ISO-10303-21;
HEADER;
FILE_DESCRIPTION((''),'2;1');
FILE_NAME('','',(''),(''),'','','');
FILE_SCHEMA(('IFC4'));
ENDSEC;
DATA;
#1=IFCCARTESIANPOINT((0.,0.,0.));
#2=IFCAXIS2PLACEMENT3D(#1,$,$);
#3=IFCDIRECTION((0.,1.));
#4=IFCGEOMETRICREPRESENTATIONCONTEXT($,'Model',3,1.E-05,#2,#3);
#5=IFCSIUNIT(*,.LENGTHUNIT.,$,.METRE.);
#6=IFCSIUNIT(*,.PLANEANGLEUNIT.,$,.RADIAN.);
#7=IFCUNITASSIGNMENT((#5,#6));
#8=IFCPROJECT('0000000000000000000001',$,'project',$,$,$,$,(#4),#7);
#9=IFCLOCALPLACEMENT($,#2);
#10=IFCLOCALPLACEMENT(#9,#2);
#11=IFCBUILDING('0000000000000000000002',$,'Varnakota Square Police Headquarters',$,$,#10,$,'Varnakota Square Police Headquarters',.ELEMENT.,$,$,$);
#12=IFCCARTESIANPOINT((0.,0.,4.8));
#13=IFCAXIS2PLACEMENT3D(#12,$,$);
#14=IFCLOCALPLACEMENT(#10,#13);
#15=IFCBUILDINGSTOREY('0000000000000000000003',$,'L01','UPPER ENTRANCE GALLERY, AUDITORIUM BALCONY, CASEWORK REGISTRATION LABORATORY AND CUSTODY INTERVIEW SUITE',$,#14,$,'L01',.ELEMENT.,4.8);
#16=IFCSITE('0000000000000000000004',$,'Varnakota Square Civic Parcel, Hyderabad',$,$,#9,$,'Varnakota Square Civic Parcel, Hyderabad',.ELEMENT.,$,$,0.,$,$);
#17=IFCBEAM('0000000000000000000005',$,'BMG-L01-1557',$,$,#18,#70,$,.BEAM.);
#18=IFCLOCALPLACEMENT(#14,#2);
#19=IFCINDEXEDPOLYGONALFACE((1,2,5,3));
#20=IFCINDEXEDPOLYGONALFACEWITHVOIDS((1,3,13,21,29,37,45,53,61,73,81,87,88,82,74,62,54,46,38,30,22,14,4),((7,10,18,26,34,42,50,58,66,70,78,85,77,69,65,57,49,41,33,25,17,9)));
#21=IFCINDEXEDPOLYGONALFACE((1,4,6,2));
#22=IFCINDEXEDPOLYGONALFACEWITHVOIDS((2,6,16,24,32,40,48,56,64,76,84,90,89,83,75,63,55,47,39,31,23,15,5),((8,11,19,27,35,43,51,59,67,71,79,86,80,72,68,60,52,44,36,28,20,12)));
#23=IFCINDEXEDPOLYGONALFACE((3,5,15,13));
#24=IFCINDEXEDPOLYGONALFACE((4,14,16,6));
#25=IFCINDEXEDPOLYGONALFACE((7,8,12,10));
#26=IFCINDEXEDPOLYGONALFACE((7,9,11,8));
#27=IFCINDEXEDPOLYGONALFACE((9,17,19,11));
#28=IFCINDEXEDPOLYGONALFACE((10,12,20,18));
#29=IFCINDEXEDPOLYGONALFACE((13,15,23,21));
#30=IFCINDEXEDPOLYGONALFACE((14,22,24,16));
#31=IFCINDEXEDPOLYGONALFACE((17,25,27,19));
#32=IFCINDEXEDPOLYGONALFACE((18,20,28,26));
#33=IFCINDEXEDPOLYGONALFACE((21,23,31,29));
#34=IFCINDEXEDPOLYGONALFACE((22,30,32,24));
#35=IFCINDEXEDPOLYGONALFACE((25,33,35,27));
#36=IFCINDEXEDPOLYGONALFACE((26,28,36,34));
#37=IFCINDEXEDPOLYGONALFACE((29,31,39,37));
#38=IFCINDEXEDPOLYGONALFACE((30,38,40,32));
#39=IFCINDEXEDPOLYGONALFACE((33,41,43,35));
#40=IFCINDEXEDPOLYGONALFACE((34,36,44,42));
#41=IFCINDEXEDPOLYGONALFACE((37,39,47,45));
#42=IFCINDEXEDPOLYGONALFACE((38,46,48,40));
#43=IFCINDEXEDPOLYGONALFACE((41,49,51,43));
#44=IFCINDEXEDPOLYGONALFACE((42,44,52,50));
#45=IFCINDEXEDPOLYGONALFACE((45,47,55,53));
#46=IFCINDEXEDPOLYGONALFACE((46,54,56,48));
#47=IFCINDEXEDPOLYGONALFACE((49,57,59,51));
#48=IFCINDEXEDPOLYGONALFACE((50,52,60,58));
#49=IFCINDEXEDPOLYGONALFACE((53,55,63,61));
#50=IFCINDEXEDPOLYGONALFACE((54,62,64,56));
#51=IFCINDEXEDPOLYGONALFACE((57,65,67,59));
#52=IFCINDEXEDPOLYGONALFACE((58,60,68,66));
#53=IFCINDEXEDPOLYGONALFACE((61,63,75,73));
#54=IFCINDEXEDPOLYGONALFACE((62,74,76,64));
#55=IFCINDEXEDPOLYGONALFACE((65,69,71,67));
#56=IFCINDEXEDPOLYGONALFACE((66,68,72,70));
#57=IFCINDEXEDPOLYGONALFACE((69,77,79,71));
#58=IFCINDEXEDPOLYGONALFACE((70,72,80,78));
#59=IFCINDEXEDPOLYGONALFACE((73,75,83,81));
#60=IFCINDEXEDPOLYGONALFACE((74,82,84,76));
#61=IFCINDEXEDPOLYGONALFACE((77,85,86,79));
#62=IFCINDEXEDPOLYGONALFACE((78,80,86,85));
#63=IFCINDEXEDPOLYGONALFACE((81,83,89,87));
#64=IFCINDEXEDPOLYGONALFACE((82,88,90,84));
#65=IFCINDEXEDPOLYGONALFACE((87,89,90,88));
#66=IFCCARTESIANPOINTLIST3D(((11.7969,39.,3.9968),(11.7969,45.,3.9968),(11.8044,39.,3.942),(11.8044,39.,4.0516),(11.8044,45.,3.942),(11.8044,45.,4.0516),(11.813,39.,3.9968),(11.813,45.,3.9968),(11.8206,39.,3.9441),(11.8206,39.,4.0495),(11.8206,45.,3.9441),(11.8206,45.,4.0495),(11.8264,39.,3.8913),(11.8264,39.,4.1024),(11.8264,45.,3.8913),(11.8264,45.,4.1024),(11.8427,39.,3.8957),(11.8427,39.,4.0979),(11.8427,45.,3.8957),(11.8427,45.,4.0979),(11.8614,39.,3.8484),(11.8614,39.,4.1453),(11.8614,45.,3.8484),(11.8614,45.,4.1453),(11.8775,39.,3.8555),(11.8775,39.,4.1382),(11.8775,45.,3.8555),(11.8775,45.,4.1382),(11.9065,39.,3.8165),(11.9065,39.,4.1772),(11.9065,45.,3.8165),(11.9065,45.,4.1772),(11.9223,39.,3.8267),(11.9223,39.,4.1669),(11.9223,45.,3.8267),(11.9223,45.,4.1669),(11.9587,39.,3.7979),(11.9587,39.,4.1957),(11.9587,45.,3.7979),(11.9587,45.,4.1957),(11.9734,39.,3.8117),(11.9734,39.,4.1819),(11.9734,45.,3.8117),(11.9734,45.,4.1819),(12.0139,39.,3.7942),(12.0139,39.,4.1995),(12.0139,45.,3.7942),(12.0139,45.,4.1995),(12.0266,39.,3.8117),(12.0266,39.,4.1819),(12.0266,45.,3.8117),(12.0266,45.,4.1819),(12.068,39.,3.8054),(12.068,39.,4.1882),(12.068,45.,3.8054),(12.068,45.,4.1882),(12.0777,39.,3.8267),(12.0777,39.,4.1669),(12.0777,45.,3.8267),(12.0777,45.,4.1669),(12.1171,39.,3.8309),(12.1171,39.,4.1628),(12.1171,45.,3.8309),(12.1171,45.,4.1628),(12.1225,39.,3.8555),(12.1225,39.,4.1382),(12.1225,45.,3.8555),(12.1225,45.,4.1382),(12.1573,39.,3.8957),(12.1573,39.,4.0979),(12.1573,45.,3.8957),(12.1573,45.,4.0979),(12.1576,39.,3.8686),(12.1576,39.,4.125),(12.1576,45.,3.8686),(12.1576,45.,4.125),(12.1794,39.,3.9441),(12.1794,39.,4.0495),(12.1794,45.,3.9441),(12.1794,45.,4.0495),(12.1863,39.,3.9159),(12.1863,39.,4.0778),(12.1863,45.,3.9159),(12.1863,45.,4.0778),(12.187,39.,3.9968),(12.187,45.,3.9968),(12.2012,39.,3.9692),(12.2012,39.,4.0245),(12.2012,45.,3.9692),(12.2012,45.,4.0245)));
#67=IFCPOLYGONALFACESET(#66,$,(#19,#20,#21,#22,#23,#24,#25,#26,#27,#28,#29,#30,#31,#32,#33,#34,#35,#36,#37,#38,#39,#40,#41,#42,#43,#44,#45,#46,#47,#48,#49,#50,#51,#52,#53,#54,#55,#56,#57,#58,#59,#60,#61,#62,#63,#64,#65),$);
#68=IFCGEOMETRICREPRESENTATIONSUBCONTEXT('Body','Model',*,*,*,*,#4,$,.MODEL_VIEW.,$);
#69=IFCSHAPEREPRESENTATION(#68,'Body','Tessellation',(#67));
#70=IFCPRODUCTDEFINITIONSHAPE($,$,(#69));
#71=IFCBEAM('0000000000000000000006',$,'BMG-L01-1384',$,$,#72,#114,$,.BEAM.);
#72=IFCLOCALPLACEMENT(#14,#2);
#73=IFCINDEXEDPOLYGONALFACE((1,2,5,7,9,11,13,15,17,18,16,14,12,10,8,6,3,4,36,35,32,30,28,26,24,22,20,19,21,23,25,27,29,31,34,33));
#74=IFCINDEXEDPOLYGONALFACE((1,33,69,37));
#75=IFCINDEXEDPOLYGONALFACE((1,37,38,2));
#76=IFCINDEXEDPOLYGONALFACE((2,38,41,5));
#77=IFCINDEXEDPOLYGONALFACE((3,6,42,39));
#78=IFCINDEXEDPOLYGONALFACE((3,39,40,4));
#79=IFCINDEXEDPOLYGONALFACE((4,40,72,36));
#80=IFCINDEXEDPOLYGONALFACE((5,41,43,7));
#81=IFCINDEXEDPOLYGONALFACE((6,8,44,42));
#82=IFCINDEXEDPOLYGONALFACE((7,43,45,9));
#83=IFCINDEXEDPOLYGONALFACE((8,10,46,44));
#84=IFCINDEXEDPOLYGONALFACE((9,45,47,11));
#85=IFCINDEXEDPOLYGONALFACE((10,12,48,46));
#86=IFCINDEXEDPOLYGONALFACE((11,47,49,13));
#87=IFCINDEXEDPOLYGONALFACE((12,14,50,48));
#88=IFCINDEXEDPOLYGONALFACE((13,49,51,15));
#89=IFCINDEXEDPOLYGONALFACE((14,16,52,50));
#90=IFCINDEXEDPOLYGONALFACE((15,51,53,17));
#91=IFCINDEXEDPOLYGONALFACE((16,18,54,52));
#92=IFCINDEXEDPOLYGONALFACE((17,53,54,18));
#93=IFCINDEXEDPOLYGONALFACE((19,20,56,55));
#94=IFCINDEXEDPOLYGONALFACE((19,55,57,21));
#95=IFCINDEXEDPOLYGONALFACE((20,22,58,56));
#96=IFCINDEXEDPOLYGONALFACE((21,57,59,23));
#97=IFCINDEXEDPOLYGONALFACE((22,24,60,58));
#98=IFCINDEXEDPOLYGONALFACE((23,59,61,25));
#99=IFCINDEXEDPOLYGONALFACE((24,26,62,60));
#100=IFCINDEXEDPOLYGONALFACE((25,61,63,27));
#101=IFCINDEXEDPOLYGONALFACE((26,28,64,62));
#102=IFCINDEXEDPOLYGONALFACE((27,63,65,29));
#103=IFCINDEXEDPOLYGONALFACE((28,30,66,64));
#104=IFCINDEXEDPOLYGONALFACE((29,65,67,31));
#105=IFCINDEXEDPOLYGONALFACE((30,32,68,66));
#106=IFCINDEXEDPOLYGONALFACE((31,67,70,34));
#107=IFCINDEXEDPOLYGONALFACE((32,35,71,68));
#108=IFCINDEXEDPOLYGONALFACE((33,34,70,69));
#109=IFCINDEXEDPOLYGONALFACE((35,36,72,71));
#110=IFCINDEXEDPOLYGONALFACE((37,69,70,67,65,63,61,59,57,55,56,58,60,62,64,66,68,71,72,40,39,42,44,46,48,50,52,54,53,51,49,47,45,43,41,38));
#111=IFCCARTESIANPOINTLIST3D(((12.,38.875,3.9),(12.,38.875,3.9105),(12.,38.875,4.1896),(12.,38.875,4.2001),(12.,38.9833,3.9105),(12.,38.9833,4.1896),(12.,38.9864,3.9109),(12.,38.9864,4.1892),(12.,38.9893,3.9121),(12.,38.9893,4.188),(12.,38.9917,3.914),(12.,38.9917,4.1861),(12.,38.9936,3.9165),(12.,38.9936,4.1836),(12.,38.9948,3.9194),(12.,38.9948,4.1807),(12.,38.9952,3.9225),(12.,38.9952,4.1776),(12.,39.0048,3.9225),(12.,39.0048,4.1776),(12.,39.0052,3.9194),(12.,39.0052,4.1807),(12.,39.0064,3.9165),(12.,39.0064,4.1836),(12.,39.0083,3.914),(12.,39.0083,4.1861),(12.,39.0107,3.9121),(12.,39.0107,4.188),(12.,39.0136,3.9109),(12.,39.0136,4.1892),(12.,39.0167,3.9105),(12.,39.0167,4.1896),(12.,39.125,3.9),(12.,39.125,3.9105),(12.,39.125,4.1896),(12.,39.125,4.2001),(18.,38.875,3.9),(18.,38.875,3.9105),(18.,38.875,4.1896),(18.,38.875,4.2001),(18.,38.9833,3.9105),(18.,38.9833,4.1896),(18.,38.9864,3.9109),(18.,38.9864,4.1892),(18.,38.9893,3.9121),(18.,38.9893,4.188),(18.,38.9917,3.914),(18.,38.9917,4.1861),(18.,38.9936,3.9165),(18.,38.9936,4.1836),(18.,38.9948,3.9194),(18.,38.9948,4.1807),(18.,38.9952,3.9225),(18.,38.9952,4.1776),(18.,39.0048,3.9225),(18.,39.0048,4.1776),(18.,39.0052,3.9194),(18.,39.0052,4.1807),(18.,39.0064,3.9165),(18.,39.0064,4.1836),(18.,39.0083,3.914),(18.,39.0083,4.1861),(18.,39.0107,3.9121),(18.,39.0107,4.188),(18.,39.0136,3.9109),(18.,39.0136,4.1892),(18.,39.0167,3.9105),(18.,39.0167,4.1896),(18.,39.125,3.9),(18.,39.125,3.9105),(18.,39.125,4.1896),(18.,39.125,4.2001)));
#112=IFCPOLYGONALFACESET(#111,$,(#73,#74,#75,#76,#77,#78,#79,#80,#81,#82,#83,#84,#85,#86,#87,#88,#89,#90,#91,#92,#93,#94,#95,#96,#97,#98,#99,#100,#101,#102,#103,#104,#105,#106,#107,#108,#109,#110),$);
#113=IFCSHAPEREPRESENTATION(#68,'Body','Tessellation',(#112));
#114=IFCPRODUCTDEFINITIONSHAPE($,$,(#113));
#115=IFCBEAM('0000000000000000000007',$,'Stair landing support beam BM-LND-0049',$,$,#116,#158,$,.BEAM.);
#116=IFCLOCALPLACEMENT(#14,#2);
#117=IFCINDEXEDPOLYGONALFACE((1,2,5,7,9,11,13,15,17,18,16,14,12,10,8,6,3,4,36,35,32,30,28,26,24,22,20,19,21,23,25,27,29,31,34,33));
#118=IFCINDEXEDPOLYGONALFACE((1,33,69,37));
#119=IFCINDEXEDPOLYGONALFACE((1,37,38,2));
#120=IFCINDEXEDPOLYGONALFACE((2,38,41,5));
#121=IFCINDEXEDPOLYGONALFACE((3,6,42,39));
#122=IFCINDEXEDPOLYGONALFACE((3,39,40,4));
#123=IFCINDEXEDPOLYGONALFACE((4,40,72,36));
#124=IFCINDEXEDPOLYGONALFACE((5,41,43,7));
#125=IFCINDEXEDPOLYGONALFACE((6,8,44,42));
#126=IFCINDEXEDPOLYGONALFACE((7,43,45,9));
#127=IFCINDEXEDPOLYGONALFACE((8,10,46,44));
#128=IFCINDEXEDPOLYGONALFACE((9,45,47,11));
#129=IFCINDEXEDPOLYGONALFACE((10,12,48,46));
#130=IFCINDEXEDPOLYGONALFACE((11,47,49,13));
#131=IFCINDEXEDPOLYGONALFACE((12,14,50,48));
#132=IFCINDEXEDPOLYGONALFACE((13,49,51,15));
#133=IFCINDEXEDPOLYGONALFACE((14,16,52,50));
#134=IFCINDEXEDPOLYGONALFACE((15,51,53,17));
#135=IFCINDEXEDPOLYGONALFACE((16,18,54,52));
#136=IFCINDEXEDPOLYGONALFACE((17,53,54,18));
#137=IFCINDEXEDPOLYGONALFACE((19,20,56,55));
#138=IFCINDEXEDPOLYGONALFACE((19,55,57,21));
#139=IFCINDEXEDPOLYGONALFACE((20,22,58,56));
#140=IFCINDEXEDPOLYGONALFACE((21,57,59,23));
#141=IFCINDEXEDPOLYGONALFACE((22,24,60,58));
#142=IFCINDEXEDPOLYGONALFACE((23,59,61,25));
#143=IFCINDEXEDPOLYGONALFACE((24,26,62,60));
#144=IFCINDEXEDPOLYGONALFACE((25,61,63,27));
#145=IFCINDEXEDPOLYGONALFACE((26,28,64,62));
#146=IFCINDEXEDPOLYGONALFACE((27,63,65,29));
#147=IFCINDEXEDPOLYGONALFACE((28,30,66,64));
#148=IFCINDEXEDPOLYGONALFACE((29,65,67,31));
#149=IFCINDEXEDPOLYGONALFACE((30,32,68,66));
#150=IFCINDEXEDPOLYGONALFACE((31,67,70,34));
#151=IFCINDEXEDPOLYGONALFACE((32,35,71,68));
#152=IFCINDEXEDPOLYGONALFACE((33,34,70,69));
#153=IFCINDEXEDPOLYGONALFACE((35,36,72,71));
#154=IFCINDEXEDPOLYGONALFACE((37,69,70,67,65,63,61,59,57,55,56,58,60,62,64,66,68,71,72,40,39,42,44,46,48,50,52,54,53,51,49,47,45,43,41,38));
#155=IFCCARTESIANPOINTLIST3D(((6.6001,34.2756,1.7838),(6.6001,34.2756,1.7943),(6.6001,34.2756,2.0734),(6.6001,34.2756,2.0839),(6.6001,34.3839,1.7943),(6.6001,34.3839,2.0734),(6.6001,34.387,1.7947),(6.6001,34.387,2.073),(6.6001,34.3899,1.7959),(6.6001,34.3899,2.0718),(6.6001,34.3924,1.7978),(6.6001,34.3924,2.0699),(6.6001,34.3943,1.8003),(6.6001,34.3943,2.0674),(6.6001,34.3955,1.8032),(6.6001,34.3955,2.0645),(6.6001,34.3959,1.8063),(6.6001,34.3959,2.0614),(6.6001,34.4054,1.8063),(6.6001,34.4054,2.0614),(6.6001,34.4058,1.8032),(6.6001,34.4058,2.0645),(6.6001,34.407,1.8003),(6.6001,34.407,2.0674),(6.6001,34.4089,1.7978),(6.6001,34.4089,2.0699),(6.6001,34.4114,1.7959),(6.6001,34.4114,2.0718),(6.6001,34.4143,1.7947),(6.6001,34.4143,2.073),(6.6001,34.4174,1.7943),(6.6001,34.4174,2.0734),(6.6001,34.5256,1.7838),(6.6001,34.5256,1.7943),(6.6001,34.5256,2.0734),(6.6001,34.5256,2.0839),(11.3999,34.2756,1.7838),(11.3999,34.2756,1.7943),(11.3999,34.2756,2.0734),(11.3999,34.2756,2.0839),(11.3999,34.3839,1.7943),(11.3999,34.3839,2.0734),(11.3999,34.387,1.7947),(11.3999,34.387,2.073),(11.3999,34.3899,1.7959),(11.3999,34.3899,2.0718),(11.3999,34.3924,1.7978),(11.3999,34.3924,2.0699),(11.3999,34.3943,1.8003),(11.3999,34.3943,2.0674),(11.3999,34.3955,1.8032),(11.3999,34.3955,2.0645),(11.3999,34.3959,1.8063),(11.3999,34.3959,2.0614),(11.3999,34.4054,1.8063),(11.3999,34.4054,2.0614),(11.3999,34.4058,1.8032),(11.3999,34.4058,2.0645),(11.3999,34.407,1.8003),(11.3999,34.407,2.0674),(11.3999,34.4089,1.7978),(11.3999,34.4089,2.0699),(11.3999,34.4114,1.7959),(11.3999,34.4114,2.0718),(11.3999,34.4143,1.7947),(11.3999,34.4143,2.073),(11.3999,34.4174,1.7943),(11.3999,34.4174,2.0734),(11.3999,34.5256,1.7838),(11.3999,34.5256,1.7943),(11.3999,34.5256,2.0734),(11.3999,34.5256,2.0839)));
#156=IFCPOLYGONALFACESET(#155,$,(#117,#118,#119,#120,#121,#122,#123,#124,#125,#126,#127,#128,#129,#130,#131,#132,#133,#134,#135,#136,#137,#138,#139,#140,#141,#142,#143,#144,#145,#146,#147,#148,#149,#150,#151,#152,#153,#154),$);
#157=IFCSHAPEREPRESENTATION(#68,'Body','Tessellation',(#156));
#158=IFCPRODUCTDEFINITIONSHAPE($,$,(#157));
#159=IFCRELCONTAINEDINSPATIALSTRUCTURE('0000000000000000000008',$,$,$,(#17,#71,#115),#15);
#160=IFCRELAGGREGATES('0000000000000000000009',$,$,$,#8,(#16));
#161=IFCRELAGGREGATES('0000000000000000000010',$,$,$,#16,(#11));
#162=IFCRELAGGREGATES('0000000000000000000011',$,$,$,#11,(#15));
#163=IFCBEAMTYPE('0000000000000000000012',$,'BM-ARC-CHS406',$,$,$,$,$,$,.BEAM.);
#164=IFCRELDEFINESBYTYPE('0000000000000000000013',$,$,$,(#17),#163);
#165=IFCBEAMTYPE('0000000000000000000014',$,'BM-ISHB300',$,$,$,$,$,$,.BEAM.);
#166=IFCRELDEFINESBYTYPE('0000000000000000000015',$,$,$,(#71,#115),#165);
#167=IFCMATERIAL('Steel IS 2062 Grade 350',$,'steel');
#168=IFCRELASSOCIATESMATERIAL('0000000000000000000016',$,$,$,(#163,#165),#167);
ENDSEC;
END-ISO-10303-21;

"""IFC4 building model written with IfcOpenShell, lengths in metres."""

from ifc_helpers import new_model, si_unit, direction, frame, origin, origin_2d, place, context, subcontext, project, spatial, hollow_circle, i_section, extrude, material, material_profile, profile_set, type_object, element, save


model = new_model("IFC4")

# Units and contexts
model_context = context("Model", 3, precision=1e-05, world=origin(), true_north=direction((0.0, 1.0)))
body_context = subcontext(model_context, "Body", "Model", "MODEL_VIEW")
ifc_project = project(units=[si_unit("LENGTHUNIT", "METRE"), si_unit("PLANEANGLEUNIT", "RADIAN")], contexts=[model_context])

# Site, building, storey
site_placement = place(None, origin())
site = spatial("IfcSite", under=ifc_project, at=site_placement, Name="Varnakota Square Civic Parcel, Hyderabad", LongName="Varnakota Square Civic Parcel, Hyderabad", CompositionType="ELEMENT", RefElevation=0.0)
building_placement = place(site_placement, origin())
building = spatial("IfcBuilding", under=site, at=building_placement, Name="Varnakota Square Police Headquarters", LongName="Varnakota Square Police Headquarters", CompositionType="ELEMENT")
storey_placement = place(building_placement, frame((0.0, 0.0, 4.8)))
storey = spatial("IfcBuildingStorey", under=building, at=storey_placement, Name="L01", Description="UPPER ENTRANCE GALLERY, AUDITORIUM BALCONY, CASEWORK REGISTRATION LABORATORY AND CUSTODY INTERVIEW SUITE", LongName="L01", CompositionType="ELEMENT", Elevation=4.8)

# Shared definitions
ifc_material_1 = material(Name="Steel IS 2062 Grade 350", Category="steel")

# Beams
ifc_material_profile_1 = material_profile(ifc_material_1, hollow_circle(Radius=0.2031, WallThickness=0.0161, at=origin_2d()), Name="CHS 406.4x16.0")
ifc_profile_set_1 = profile_set([ifc_material_profile_1], Name="Steel IS 2062 Grade 350")
beam_type_1 = type_object("IfcBeamType", Name="BM-ARC-CHS406", PredefinedType="BEAM", material=ifc_profile_set_1)
for number, where, z_axis, x_axis, name in (
    (1, (12.0, 39.0, 3.9968), (0.0, 1.0, 0.0), (-1.0, 0.0, 0.0), "BMG-L01-1557"),
):
    element("IfcBeam", number, at=place(storey_placement, frame(where, z_axis=z_axis, x_axis=x_axis)), inside=storey, type_object=beam_type_1, Name=name, PredefinedType="BEAM", context=body_context, shape_type="SweptSolid", body=[
        extrude(hollow_circle(Radius=0.2031, WallThickness=0.0161, at=origin_2d()), origin(), (0.0, 0.0, 1.0), 6.0),
    ])
ifc_material_profile_2 = material_profile(ifc_material_1, i_section(OverallWidth=0.25, OverallDepth=0.3, WebThickness=0.0095, FlangeThickness=0.0105, FilletRadius=0.012, at=origin_2d()), Name="ISHB 300")
ifc_profile_set_2 = profile_set([ifc_material_profile_2], Name="Steel IS 2062 Grade 350")
beam_type_2 = type_object("IfcBeamType", Name="BM-ISHB300", PredefinedType="BEAM", material=ifc_profile_set_2)
beam_1_placement = place(storey_placement, frame((12.0, 39.0, 4.05), z_axis=(1.0, 0.0, 0.0), x_axis=(0.0, 1.0, 0.0)))
element("IfcBeam", 2, at=beam_1_placement, inside=storey, type_object=beam_type_2, Name="BMG-L01-1384", PredefinedType="BEAM", context=body_context, shape_type="SweptSolid", body=[
    extrude(i_section(OverallWidth=0.25, OverallDepth=0.3, WebThickness=0.0095, FlangeThickness=0.0105, FilletRadius=0.012, at=origin_2d()), origin(), (0.0, 0.0, 1.0), 6.0),
])
beam_2_placement = place(storey_placement, frame((6.6001, 34.4006, 1.9338), z_axis=(1.0, 0.0, 0.0), x_axis=(0.0, 1.0, 0.0)))
element("IfcBeam", 3, at=beam_2_placement, inside=storey, type_object=beam_type_2, Name="Stair landing support beam BM-LND-0049", PredefinedType="BEAM", context=body_context, shape_type="SweptSolid", body=[
    extrude(i_section(OverallWidth=0.25, OverallDepth=0.3, WebThickness=0.0095, FlangeThickness=0.0105, FilletRadius=0.012, at=origin_2d()), origin(), (0.0, 0.0, 1.0), 4.7998),
])

save(model, "model.ifc")
